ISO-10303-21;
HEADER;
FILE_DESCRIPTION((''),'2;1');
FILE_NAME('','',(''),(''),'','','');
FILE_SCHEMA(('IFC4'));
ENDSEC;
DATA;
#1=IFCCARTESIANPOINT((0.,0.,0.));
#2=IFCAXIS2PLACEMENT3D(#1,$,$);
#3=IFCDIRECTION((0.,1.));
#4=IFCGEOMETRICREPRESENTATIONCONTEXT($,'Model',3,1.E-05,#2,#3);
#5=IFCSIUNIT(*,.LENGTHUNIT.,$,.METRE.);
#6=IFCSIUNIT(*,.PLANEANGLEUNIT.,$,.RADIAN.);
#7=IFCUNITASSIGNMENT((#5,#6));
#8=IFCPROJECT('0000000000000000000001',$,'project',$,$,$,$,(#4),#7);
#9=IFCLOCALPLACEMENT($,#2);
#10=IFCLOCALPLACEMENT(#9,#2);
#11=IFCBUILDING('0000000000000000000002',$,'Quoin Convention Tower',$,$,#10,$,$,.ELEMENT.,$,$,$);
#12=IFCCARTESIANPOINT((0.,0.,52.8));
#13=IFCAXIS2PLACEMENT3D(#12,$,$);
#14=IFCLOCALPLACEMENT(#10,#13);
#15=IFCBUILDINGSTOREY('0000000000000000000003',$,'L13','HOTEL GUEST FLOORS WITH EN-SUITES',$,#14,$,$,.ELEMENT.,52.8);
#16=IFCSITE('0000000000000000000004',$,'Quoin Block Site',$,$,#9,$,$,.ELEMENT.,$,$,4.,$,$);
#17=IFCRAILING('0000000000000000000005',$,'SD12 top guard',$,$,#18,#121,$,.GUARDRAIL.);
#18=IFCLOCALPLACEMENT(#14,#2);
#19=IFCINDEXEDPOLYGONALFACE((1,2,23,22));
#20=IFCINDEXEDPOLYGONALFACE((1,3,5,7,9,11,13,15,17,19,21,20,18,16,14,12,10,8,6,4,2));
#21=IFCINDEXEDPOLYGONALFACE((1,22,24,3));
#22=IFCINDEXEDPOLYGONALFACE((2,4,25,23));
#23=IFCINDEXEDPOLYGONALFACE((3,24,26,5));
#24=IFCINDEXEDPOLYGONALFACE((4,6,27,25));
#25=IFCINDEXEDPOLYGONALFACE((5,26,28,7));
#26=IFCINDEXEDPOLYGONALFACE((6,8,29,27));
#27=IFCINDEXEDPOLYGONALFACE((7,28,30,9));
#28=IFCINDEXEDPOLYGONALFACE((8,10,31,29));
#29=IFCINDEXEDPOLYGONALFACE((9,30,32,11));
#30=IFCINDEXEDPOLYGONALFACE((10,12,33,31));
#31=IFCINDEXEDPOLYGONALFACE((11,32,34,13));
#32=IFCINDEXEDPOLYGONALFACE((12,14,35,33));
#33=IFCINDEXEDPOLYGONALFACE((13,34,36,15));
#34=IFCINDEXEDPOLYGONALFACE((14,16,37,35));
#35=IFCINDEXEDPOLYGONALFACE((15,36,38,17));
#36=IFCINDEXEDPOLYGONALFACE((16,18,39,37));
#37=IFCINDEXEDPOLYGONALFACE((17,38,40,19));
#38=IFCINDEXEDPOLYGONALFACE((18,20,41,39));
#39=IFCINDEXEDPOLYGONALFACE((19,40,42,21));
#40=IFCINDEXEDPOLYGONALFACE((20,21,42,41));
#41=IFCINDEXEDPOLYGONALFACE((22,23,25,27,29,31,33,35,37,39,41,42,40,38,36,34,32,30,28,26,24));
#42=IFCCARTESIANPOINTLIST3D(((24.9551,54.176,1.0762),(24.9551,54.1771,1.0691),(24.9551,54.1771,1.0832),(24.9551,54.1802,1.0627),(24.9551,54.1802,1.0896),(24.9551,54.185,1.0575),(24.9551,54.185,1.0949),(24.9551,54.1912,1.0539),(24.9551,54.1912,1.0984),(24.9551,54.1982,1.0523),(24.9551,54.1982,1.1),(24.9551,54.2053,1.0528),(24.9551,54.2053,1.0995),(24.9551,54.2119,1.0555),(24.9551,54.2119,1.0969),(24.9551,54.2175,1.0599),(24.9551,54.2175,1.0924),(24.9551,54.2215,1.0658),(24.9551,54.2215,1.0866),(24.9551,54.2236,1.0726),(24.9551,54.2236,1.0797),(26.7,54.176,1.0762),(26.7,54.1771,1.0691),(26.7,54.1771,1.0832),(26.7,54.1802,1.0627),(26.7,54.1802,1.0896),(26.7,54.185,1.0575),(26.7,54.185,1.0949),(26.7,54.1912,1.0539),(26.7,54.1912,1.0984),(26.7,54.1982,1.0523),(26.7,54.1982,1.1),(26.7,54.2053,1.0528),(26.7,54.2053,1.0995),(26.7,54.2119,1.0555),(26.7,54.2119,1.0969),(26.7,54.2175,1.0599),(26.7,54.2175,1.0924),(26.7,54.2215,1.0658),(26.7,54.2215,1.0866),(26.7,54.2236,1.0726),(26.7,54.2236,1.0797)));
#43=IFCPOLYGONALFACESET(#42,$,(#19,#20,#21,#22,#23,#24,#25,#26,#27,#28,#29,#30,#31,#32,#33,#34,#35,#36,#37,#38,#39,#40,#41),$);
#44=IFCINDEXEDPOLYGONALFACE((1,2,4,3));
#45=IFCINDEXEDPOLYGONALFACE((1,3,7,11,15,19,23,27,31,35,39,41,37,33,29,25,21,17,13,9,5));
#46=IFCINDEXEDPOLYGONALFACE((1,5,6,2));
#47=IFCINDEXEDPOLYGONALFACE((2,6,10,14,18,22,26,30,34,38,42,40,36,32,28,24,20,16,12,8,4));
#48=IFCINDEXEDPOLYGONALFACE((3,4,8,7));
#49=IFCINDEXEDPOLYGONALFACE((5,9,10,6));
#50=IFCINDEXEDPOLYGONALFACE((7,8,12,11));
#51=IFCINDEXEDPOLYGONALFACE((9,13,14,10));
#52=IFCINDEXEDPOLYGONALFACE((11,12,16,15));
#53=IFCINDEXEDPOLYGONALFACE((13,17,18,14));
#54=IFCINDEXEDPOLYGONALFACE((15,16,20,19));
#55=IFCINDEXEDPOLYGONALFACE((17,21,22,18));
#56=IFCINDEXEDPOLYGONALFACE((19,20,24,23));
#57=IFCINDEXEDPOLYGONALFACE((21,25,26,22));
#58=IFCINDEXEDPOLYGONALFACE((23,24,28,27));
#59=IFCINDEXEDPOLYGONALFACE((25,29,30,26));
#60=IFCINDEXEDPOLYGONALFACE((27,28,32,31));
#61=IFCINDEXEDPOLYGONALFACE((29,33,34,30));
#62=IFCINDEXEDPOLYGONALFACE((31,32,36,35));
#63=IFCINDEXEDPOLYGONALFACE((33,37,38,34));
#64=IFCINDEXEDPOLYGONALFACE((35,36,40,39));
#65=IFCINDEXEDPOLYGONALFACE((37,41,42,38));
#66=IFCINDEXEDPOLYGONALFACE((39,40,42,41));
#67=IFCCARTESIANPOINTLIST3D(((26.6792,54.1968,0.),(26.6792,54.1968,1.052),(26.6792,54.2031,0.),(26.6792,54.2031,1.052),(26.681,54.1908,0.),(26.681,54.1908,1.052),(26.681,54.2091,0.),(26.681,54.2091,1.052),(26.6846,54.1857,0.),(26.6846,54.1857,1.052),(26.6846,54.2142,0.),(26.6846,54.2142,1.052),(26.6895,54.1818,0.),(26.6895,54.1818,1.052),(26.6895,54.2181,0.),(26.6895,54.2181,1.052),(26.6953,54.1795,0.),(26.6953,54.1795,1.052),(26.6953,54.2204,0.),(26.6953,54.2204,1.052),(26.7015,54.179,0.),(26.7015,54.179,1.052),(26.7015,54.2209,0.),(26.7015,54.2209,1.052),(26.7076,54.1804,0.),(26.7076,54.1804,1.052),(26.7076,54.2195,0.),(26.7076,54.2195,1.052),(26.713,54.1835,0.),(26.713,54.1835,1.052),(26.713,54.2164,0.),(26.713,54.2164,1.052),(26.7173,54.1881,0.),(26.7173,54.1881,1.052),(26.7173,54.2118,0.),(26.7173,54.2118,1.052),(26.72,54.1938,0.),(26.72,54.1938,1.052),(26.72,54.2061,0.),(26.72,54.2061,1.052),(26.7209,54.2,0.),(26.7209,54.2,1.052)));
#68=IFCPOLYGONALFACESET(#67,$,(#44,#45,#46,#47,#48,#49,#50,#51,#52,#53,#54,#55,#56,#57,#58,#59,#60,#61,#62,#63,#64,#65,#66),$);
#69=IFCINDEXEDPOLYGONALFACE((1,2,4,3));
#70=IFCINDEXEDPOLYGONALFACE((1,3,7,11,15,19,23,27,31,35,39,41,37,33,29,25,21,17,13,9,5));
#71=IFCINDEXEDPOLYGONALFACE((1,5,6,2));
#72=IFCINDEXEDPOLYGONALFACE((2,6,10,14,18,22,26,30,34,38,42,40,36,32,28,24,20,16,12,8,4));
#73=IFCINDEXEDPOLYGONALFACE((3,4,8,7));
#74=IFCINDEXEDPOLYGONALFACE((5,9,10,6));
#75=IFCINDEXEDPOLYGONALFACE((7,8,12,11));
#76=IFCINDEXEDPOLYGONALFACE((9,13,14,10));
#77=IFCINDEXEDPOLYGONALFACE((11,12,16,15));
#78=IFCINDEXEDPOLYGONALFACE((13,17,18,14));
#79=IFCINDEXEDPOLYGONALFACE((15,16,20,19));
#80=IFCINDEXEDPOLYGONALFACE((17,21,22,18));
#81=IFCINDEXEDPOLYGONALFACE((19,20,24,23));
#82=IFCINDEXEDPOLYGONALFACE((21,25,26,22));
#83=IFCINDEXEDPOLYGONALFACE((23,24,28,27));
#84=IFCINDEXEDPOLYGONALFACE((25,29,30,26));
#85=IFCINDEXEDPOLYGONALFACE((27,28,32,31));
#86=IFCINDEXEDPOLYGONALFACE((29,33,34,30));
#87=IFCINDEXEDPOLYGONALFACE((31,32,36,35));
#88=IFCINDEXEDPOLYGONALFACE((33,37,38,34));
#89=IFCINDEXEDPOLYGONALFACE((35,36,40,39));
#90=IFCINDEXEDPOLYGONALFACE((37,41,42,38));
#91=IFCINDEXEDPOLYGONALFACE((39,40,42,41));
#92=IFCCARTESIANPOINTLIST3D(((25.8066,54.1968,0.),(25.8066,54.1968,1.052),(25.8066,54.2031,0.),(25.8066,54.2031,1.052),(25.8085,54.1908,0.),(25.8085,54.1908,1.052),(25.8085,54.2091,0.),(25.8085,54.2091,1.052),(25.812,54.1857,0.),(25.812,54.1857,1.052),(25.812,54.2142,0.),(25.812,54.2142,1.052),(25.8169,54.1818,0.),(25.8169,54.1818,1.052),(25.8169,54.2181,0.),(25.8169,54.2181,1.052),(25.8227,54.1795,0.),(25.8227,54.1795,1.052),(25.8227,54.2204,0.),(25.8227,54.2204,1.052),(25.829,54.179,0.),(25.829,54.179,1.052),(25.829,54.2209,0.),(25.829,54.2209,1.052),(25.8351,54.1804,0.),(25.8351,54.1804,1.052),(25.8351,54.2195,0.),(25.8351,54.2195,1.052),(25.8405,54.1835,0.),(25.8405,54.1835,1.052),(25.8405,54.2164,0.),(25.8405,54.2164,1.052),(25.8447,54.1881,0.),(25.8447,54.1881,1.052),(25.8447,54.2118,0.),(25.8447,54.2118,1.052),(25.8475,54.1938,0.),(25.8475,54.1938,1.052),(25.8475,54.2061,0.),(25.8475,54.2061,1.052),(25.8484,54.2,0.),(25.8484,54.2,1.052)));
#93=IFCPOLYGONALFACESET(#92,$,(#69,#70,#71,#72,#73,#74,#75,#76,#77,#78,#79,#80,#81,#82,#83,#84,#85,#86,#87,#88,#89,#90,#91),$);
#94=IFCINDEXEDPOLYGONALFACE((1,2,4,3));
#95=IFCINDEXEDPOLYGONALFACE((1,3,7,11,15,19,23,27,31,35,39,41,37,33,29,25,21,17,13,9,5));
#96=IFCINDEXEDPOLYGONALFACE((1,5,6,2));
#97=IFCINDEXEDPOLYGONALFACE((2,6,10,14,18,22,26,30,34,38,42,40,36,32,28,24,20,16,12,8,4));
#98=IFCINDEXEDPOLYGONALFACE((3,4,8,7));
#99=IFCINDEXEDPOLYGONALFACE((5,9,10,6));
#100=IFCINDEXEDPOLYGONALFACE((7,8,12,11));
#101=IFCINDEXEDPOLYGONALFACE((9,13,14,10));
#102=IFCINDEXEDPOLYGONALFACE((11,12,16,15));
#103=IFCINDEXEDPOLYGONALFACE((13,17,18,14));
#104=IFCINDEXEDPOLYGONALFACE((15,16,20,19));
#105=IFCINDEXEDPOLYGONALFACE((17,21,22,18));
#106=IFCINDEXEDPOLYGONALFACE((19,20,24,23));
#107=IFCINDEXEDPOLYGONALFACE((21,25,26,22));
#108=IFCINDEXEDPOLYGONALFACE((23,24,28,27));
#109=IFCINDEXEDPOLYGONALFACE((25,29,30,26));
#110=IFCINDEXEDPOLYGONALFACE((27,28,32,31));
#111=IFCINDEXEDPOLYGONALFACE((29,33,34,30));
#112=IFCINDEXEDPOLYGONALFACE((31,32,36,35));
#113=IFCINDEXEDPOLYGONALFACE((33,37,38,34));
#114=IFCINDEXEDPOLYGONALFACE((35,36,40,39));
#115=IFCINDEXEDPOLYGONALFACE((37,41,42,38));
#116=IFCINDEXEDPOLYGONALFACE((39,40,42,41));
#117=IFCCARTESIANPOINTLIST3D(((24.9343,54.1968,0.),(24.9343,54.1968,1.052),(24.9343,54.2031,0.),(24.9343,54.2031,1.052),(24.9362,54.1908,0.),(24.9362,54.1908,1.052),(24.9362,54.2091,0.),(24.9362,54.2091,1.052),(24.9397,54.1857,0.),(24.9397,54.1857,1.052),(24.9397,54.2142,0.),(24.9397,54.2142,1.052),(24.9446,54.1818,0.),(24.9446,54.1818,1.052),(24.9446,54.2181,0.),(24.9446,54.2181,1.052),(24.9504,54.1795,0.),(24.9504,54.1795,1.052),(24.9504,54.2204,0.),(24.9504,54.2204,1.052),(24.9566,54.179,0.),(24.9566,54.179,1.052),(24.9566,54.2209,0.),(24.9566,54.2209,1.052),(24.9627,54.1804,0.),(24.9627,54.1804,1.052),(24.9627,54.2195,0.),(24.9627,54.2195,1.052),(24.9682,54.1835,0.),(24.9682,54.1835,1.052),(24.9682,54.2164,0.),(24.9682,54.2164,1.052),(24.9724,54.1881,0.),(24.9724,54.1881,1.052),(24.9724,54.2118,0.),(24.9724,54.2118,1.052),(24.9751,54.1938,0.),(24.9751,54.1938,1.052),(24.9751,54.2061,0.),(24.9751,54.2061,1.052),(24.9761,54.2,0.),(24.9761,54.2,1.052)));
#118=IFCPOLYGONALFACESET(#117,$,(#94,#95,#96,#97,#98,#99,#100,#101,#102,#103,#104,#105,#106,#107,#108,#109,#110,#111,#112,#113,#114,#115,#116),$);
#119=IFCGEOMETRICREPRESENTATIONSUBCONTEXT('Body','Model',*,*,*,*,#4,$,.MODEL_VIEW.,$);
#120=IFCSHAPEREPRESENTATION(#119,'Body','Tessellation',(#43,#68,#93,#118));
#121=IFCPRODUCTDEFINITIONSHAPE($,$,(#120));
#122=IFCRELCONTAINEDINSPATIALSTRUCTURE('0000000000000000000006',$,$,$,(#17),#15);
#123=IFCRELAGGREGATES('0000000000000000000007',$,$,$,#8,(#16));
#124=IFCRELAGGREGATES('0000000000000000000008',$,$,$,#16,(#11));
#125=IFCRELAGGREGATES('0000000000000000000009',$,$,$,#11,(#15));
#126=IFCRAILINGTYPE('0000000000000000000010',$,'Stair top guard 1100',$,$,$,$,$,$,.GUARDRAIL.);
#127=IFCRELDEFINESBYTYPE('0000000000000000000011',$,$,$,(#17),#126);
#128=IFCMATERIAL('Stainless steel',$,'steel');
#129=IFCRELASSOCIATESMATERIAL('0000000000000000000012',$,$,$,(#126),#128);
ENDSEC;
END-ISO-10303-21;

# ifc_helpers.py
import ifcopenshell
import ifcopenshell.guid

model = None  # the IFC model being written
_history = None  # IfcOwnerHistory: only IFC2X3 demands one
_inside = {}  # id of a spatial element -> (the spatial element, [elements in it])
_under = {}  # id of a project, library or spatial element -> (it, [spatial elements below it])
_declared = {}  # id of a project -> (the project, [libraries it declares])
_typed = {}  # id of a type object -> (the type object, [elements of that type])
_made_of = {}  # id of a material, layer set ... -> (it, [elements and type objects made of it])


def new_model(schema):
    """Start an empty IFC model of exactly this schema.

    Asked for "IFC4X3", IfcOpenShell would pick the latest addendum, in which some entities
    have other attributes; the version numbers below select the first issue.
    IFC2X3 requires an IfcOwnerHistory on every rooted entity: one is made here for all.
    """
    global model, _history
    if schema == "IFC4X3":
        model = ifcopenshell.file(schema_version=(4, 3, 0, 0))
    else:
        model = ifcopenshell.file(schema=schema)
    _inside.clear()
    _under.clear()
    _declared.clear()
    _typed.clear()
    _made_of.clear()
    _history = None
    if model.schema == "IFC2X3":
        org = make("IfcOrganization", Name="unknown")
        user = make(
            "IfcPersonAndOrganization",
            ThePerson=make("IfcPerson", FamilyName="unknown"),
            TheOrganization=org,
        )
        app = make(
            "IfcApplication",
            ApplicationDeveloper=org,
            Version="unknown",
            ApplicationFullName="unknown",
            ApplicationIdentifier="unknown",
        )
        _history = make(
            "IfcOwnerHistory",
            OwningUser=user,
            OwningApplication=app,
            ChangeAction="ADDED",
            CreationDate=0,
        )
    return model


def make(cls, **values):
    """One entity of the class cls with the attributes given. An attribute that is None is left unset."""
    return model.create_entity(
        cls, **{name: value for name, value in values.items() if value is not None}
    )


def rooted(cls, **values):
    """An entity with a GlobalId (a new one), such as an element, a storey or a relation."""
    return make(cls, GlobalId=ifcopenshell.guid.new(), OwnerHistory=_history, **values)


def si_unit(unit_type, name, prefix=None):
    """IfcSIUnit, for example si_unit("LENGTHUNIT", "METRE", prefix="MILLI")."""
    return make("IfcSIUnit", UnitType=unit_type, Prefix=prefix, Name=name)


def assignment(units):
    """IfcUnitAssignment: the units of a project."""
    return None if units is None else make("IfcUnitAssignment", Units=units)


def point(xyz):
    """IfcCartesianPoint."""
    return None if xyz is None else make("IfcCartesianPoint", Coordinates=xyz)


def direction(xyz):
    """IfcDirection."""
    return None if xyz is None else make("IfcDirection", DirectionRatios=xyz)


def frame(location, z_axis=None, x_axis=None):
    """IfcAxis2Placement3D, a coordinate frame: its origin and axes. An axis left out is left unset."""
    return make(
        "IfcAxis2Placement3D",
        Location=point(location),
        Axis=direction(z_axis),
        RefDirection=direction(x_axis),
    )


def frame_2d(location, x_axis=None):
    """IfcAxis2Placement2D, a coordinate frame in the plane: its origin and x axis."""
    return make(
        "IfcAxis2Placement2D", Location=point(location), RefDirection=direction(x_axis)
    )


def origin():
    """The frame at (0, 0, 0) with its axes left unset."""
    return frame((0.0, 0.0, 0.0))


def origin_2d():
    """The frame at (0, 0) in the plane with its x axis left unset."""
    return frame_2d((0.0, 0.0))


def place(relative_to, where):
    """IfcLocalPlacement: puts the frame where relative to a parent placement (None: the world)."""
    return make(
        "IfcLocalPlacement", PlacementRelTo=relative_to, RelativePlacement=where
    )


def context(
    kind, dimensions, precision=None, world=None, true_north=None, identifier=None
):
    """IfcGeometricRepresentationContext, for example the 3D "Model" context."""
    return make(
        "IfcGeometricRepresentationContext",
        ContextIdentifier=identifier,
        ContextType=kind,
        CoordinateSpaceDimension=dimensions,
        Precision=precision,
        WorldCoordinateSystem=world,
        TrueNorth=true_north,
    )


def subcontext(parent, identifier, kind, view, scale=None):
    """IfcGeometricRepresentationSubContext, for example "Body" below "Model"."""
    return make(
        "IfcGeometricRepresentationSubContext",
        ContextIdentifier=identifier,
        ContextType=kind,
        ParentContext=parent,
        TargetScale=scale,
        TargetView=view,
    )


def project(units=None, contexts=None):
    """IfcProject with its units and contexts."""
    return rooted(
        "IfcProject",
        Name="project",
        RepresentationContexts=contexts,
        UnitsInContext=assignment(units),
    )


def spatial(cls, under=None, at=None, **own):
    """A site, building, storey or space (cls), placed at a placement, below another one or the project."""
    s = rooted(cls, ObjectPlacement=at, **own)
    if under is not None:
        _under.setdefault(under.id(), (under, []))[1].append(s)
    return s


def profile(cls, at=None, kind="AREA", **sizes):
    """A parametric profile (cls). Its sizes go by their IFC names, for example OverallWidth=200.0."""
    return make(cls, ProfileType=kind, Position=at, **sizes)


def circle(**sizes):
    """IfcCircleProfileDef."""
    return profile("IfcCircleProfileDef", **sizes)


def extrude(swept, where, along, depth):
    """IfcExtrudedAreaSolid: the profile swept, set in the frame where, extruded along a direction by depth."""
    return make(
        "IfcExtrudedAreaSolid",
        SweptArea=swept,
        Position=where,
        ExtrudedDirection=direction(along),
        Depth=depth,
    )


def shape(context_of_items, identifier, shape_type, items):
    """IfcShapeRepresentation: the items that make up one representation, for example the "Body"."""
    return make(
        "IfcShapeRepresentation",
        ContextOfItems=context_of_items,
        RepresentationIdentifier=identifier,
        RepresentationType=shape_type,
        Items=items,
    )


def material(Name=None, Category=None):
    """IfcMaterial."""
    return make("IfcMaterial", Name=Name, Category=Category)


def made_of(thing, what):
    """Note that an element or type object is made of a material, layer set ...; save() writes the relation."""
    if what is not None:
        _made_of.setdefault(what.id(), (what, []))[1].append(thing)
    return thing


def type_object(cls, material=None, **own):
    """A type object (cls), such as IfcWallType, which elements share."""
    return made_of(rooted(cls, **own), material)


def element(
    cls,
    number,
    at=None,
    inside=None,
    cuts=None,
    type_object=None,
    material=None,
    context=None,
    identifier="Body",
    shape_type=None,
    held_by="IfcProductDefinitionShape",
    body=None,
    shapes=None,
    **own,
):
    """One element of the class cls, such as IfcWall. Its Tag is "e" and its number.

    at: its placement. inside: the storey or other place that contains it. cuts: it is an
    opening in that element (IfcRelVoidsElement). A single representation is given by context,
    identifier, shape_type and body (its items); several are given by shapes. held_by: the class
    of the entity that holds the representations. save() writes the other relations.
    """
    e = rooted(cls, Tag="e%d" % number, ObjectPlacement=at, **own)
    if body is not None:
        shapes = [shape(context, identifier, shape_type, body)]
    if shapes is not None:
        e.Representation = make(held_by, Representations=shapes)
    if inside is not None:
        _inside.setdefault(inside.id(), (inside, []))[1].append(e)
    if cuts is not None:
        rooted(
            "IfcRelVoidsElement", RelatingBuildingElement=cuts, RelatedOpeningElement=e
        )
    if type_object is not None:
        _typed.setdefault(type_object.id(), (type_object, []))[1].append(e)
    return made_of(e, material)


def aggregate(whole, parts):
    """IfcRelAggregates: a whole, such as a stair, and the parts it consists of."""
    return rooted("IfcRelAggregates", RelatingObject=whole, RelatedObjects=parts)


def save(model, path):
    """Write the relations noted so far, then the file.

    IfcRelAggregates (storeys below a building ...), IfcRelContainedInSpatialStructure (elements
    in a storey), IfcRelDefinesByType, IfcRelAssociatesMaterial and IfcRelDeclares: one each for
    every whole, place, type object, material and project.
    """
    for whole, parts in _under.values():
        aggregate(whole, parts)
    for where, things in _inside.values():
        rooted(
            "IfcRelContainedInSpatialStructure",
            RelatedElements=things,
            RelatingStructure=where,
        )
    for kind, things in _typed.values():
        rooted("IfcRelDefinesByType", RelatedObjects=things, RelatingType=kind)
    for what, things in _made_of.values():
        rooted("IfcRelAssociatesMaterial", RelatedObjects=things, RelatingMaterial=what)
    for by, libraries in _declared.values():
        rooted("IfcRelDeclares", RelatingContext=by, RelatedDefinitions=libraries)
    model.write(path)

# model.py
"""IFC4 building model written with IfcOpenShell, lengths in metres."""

from ifc_helpers import new_model, si_unit, direction, frame, origin, origin_2d, place, context, subcontext, project, spatial, circle, extrude, material, type_object, element, save


model = new_model("IFC4")

# Units and contexts
model_context = context("Model", 3, precision=1e-05, world=origin(), true_north=direction((0.0, 1.0)))
body_context = subcontext(model_context, "Body", "Model", "MODEL_VIEW")
ifc_project = project(units=[si_unit("LENGTHUNIT", "METRE"), si_unit("PLANEANGLEUNIT", "RADIAN")], contexts=[model_context])

# Site, building, storey
site_placement = place(None, origin())
site = spatial("IfcSite", under=ifc_project, at=site_placement, Name="Quoin Block Site", CompositionType="ELEMENT", RefElevation=4.0)
building_placement = place(site_placement, origin())
building = spatial("IfcBuilding", under=site, at=building_placement, Name="Quoin Convention Tower", CompositionType="ELEMENT")
storey_placement = place(building_placement, frame((0.0, 0.0, 52.8)))
storey = spatial("IfcBuildingStorey", under=building, at=storey_placement, Name="L13", Description="HOTEL GUEST FLOORS WITH EN-SUITES", CompositionType="ELEMENT", Elevation=52.8)

# Railing
ifc_material_1 = material(Name="Stainless steel", Category="steel")
railing_type_1 = type_object("IfcRailingType", Name="Stair top guard 1100", PredefinedType="GUARDRAIL", material=ifc_material_1)
for number, where, name in (
    (1, (26.7, 54.2, 0.0), "SD12 top guard"),
):
    element("IfcRailing", number, at=place(storey_placement, frame(where)), inside=storey, type_object=railing_type_1, Name=name, PredefinedType="GUARDRAIL", context=body_context, shape_type="SweptSolid", body=[
        extrude(circle(Radius=0.0239, at=origin_2d()), frame((0.0, 0.0, 1.0762), z_axis=(-1.0, 0.0, 0.0), x_axis=(0.0, -1.0, 0.0)), (0.0, 0.0, 1.0), 1.7449),
        extrude(circle(Radius=0.021, at=origin_2d()), origin(), (0.0, 0.0, 1.0), 1.052),
        extrude(circle(Radius=0.021, at=origin_2d()), frame((-0.8726, 0.0, 0.0)), (0.0, 0.0, 1.0), 1.052),
        extrude(circle(Radius=0.021, at=origin_2d()), frame((-1.7449, 0.0, 0.0)), (0.0, 0.0, 1.0), 1.052),
    ])

save(model, "model.ifc")
